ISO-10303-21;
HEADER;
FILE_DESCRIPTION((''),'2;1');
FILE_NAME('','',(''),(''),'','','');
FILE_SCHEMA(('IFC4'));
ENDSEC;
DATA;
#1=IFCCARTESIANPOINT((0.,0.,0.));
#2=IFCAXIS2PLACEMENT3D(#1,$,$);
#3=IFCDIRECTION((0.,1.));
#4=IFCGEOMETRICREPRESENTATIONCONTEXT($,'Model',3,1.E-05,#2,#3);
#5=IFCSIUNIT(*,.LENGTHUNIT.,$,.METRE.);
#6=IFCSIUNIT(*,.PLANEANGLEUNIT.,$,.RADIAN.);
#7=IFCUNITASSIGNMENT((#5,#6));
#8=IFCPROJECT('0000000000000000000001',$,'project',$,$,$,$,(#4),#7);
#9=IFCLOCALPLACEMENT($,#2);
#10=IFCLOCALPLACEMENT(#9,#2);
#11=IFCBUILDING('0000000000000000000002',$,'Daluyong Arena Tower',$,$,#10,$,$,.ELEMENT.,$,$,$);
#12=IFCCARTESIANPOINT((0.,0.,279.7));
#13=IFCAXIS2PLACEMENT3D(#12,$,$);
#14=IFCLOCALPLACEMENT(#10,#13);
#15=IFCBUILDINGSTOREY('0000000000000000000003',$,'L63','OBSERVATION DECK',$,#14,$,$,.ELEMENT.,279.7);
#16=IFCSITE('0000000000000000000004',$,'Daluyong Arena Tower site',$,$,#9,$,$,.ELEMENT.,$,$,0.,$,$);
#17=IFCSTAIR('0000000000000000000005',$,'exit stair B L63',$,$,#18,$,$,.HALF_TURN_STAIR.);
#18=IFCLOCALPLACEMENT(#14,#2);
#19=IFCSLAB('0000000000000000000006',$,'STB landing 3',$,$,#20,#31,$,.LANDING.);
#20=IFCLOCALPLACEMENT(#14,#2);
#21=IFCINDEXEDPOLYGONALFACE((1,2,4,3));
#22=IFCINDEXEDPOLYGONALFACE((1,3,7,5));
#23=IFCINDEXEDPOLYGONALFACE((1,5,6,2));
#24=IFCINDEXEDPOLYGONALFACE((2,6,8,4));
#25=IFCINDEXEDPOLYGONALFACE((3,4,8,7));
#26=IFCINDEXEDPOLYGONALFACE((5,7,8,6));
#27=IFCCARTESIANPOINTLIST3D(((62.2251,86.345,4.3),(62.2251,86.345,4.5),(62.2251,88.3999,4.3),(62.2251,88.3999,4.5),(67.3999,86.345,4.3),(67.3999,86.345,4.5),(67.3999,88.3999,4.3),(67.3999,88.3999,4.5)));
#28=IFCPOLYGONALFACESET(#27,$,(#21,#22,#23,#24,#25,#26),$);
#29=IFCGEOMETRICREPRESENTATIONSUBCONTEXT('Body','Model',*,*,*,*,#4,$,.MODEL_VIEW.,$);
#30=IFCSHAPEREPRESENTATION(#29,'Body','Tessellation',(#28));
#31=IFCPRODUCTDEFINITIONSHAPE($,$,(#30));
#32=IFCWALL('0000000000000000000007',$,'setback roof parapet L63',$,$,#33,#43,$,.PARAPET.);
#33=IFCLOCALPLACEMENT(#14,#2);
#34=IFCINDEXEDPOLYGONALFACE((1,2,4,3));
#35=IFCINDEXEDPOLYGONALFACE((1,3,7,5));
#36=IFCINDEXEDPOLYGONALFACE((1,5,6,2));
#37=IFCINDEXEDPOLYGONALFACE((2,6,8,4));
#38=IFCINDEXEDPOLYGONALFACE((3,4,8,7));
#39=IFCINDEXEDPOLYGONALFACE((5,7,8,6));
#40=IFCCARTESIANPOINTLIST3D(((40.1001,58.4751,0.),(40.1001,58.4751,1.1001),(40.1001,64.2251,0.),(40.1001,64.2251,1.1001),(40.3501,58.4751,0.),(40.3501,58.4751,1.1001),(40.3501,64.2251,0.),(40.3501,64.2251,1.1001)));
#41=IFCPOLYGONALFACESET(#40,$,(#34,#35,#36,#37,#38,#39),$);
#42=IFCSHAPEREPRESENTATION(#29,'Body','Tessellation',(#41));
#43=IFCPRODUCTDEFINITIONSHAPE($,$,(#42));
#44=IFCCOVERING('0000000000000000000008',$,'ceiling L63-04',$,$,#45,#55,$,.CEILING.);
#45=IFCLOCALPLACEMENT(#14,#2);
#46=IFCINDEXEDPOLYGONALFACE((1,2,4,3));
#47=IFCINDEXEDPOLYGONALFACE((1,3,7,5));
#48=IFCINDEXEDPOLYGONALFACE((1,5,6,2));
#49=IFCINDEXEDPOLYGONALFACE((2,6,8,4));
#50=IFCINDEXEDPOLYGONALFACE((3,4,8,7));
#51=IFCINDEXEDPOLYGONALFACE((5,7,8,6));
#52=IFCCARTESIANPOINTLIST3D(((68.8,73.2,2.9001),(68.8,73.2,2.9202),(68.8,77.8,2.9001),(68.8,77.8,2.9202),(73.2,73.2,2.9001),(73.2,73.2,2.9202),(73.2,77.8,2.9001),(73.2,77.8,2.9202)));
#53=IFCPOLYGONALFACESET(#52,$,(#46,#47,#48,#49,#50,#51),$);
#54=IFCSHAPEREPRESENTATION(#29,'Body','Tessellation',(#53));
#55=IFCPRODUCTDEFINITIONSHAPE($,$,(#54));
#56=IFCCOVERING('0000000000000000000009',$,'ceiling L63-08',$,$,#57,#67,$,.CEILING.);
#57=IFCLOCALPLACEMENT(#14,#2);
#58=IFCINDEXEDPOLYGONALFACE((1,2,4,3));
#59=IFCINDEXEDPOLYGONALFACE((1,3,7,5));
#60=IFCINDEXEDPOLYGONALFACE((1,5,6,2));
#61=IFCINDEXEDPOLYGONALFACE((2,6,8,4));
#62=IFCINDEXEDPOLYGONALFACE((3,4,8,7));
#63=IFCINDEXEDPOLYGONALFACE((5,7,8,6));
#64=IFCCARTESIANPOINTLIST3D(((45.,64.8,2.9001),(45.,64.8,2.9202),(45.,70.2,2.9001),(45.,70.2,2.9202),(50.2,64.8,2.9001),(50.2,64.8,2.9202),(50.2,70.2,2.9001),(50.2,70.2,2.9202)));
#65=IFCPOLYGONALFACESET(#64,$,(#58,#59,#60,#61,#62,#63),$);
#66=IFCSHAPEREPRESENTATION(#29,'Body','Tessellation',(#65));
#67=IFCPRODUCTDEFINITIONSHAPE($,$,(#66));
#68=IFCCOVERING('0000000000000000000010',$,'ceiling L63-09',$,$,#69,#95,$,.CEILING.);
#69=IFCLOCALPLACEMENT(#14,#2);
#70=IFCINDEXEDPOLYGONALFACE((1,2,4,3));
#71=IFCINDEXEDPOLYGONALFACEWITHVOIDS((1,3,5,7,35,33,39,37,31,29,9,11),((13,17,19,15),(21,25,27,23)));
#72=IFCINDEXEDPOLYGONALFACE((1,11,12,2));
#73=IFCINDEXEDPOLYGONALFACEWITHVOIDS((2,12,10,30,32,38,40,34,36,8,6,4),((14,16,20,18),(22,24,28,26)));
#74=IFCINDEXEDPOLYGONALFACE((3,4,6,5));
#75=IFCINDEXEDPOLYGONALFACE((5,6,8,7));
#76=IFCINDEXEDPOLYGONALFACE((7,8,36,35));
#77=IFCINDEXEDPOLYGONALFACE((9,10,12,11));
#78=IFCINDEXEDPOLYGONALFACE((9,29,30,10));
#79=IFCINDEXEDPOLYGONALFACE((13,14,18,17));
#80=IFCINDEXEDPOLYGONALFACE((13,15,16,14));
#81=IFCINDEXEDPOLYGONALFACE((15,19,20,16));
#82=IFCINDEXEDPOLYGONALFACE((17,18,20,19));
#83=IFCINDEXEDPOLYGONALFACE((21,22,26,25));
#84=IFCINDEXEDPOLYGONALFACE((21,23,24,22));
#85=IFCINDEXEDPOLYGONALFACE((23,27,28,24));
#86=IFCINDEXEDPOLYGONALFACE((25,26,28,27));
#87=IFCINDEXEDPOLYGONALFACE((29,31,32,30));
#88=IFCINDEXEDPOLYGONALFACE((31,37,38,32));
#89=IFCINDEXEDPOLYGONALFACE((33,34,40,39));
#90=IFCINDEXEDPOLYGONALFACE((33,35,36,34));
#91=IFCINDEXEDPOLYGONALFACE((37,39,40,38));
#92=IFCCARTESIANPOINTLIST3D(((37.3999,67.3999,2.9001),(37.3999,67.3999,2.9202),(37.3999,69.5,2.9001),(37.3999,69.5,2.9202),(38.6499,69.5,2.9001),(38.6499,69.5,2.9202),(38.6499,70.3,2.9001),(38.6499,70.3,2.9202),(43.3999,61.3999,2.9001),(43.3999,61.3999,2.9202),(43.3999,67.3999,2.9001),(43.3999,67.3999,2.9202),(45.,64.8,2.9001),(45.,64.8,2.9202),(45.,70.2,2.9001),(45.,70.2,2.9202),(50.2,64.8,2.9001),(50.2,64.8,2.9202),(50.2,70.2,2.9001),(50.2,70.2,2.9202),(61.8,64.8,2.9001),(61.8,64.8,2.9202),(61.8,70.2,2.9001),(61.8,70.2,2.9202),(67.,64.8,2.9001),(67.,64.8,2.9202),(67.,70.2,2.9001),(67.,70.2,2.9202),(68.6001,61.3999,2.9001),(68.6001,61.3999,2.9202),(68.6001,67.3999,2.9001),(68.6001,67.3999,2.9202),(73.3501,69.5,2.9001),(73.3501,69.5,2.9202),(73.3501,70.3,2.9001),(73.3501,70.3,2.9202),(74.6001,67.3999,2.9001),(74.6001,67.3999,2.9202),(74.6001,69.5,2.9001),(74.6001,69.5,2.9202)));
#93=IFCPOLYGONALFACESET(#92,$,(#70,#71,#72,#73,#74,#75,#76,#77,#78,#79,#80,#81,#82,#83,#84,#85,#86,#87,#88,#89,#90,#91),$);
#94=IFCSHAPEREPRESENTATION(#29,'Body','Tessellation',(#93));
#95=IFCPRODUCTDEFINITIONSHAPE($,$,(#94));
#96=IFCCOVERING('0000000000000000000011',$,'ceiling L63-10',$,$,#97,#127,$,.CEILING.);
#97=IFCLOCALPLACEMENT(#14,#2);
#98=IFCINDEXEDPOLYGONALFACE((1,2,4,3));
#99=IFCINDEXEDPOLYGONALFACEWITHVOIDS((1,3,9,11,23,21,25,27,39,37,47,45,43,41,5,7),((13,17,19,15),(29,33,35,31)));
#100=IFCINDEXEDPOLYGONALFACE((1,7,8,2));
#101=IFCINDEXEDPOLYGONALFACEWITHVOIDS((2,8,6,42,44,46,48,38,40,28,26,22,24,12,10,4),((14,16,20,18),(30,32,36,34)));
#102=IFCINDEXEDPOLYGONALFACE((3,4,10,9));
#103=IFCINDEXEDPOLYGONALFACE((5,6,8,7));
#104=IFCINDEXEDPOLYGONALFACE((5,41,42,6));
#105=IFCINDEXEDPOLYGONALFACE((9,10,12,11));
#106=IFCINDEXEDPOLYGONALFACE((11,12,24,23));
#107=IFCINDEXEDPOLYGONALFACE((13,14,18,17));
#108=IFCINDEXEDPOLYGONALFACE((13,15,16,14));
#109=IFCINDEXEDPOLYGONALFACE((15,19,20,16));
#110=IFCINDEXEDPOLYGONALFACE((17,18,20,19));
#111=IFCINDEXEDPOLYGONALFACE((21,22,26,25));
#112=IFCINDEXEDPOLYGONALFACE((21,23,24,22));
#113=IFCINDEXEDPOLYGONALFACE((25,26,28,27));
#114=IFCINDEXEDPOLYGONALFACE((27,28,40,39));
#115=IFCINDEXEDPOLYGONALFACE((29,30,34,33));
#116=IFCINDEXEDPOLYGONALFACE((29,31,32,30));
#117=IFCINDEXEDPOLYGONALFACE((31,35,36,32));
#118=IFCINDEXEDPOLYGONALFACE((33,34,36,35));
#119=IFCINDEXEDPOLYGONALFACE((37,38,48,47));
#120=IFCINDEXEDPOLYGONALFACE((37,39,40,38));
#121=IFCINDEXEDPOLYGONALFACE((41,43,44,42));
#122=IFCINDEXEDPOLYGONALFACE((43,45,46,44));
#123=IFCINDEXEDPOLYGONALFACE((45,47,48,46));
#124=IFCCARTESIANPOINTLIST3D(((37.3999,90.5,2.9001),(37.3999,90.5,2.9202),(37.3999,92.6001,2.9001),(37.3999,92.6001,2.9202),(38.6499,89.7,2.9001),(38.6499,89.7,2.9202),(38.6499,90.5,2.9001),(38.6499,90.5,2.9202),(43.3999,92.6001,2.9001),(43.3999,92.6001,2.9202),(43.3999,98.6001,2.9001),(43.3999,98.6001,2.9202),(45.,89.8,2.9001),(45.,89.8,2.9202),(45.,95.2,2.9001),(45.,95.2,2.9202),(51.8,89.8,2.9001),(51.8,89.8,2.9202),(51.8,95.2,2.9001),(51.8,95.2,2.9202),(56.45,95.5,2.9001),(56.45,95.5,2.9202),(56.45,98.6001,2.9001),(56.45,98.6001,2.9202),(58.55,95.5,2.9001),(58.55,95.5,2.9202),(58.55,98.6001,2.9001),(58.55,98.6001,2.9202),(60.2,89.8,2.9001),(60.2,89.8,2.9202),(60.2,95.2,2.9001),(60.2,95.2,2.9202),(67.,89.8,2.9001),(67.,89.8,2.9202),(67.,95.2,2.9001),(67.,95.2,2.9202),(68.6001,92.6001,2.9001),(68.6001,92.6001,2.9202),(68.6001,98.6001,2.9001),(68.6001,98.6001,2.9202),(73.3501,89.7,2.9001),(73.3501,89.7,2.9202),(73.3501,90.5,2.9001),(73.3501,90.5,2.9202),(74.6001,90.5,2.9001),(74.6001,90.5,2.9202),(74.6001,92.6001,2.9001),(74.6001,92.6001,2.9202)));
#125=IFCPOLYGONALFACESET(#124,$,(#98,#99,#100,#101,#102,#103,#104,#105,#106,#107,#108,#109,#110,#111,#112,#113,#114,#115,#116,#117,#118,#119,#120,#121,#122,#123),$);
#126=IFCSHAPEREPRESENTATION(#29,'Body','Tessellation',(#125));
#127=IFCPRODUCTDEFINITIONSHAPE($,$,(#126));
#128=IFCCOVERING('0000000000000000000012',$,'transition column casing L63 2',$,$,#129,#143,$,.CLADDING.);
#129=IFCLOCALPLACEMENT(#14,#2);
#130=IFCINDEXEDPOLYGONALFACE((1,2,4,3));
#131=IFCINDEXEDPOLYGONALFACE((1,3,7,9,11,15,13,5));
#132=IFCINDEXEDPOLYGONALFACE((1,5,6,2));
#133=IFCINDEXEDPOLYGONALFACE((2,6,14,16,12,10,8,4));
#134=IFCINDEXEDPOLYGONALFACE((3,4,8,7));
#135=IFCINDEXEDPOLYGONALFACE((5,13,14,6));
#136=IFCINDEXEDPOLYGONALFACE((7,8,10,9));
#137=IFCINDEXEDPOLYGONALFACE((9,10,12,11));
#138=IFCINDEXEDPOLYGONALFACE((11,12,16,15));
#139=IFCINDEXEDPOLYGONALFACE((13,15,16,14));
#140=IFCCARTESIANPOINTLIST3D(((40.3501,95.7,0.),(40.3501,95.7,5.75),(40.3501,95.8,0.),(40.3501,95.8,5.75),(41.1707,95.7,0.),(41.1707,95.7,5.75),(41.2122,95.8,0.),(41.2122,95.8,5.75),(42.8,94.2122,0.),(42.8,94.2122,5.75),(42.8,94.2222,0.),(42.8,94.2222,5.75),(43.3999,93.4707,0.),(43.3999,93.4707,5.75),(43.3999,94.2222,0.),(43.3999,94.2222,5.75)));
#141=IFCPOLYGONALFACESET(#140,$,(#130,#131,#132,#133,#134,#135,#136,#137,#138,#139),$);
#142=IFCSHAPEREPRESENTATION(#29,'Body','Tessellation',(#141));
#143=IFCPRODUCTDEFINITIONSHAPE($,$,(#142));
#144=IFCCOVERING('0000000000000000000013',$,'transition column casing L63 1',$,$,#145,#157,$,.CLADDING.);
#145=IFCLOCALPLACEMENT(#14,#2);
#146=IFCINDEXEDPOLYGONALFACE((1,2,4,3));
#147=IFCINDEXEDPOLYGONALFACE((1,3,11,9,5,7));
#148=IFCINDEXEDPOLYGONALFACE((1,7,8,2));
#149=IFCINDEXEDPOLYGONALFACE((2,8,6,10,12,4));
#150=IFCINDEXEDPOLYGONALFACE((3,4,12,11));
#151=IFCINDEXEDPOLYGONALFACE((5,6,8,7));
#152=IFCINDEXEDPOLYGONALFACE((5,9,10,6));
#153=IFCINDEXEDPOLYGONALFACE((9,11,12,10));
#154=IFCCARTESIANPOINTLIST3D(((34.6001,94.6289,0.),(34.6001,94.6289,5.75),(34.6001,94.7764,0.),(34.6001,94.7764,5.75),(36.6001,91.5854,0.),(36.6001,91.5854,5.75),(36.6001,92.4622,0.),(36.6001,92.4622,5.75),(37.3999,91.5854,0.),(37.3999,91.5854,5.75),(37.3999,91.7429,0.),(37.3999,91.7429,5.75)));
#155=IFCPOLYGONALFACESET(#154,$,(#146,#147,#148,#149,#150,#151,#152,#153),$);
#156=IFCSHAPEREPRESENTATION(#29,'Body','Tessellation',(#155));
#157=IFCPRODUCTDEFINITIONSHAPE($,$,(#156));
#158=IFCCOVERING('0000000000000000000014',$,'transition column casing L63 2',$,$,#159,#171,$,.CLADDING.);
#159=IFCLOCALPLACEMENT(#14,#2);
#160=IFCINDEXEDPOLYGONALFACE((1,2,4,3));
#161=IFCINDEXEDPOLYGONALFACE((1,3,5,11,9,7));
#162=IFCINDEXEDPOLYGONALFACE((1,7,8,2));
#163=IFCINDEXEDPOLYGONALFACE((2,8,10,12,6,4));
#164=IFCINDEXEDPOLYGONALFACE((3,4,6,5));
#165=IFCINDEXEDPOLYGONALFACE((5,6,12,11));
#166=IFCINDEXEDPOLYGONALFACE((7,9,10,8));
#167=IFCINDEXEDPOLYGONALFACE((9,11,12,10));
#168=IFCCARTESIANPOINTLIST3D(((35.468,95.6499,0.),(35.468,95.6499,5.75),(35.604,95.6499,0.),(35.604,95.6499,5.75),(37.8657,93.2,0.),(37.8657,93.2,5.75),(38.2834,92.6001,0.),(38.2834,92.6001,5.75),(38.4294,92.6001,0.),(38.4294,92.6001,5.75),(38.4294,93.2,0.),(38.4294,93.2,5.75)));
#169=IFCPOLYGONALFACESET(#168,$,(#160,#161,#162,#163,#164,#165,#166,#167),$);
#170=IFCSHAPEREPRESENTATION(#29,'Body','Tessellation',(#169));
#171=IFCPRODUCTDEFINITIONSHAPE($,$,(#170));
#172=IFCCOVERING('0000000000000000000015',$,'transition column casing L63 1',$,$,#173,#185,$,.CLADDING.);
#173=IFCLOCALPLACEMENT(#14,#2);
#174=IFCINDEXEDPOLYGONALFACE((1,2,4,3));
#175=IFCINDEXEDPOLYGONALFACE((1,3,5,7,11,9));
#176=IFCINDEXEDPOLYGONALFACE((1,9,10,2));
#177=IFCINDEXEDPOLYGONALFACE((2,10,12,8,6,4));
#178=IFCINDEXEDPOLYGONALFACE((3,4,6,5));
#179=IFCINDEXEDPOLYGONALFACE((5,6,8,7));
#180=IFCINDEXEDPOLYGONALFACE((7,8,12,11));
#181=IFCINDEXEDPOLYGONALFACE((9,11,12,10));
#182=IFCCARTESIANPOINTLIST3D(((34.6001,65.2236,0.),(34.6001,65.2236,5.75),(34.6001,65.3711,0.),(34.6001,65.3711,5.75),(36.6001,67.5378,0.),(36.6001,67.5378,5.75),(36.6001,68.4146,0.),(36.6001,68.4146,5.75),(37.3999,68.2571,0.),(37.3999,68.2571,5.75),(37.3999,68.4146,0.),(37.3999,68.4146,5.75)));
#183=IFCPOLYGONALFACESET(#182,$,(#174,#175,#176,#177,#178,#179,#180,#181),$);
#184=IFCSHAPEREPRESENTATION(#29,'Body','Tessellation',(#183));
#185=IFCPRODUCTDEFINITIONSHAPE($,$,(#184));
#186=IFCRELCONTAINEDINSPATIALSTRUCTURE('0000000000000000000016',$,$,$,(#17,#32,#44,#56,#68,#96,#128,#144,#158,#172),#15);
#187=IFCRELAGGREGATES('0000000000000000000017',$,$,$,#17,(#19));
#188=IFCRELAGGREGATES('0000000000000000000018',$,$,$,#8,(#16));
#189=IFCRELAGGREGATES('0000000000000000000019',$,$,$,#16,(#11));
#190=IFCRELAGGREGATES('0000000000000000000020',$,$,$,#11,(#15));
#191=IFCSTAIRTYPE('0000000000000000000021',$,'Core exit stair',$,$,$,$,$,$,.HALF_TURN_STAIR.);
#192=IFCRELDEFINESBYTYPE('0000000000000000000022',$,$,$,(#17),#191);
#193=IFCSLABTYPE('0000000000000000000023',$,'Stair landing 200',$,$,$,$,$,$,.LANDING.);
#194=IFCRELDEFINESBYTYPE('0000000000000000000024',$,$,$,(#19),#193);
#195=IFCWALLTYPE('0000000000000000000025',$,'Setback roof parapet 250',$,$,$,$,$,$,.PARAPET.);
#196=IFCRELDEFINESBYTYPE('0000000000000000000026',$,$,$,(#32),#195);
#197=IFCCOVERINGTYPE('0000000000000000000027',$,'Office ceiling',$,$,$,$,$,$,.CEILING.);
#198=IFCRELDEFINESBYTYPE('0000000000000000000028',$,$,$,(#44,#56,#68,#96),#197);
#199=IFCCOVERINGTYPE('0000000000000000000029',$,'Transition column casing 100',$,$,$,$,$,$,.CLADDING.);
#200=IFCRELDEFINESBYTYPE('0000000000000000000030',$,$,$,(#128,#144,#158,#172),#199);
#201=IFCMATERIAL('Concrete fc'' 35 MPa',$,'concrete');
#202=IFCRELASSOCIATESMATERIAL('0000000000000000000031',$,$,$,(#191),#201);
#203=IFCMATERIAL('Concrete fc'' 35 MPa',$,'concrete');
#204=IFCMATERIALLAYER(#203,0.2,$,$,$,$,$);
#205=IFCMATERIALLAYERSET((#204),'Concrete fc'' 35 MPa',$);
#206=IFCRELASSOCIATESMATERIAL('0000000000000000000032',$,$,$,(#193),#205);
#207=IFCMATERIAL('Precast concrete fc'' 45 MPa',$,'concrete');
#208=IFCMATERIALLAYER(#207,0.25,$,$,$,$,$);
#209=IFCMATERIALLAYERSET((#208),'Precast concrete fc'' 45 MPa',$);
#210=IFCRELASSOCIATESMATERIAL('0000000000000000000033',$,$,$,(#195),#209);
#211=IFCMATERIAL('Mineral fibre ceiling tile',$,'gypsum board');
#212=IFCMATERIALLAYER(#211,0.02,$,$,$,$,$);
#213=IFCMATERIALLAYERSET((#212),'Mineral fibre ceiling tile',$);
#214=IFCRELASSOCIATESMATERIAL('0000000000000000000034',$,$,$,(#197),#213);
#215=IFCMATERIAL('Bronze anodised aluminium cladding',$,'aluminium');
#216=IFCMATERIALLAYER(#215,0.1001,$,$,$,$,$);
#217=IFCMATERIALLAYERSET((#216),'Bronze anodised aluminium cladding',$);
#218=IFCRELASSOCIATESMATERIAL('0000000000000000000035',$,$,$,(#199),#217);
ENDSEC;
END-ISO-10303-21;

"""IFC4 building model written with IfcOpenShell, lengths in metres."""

from ifc_helpers import new_model, si_unit, direction, frame, frame_2d, origin, place, context, subcontext, project, spatial, polyline, rectangle, outline, extrude, material, layer, layer_set, type_object, element, aggregate, save


model = new_model("IFC4")

# Units and contexts
model_context = context("Model", 3, precision=1e-05, world=origin(), true_north=direction((0.0, 1.0)))
body_context = subcontext(model_context, "Body", "Model", "MODEL_VIEW")
ifc_project = project(units=[si_unit("LENGTHUNIT", "METRE"), si_unit("PLANEANGLEUNIT", "RADIAN")], contexts=[model_context])

# Site, building, storey
site_placement = place(None, origin())
site = spatial("IfcSite", under=ifc_project, at=site_placement, Name="Daluyong Arena Tower site", CompositionType="ELEMENT", RefElevation=0.0)
building_placement = place(site_placement, origin())
building = spatial("IfcBuilding", under=site, at=building_placement, Name="Daluyong Arena Tower", CompositionType="ELEMENT")
storey_placement = place(building_placement, frame((0.0, 0.0, 279.7)))
storey = spatial("IfcBuildingStorey", under=building, at=storey_placement, Name="L63", Description="OBSERVATION DECK", CompositionType="ELEMENT", Elevation=279.7)

# Stair, slab
ifc_material_1 = material(Name="Concrete fc' 35 MPa", Category="concrete")
stair_type = type_object("IfcStairType", Name="Core exit stair", PredefinedType="HALF_TURN_STAIR", material=ifc_material_1)
ifc_material_2 = material(Name="Concrete fc' 35 MPa", Category="concrete")
ifc_layer_1 = layer(ifc_material_2, 0.2)
ifc_layer_set_1 = layer_set([ifc_layer_1], Name="Concrete fc' 35 MPa")
slab_type = type_object("IfcSlabType", Name="Stair landing 200", PredefinedType="LANDING", material=ifc_layer_set_1)
stair_1_placement = place(storey_placement, origin())
stair_1 = element("IfcStair", 1, at=stair_1_placement, inside=storey, type_object=stair_type, Name="exit stair B L63", PredefinedType="HALF_TURN_STAIR")
slab_1_placement = place(storey_placement, frame((0.0, 0.0, 4.3)))
slab_1 = element("IfcSlab", 2, at=slab_1_placement, type_object=slab_type, Name="STB landing 3", PredefinedType="LANDING", context=body_context, shape_type="SweptSolid", body=[
    extrude(outline(polyline([(62.2251, 86.345), (67.3999, 86.345), (67.3999, 88.3999), (62.2251, 88.3999), (62.2251, 86.345)])), origin(), (0.0, 0.0, 1.0), 0.2),
])
aggregate(stair_1, [slab_1])

# Wall
ifc_material_3 = material(Name="Precast concrete fc' 45 MPa", Category="concrete")
ifc_layer_2 = layer(ifc_material_3, 0.25)
ifc_layer_set_2 = layer_set([ifc_layer_2], Name="Precast concrete fc' 45 MPa")
wall_type = type_object("IfcWallType", Name="Setback roof parapet 250", PredefinedType="PARAPET", material=ifc_layer_set_2)
wall_placement = place(storey_placement, frame((40.2251, 58.4751, 0.0), z_axis=(0.0, 0.0, 1.0), x_axis=(0.0, 1.0, 0.0)))
element("IfcWall", 3, at=wall_placement, inside=storey, type_object=wall_type, Name="setback roof parapet L63", PredefinedType="PARAPET", context=body_context, shape_type="SweptSolid", body=[
    extrude(rectangle(XDim=5.75, YDim=0.25, at=frame_2d((2.875, 0.0))), origin(), (0.0, 0.0, 1.0), 1.1001),
])

# Coverings
ifc_material_4 = material(Name="Mineral fibre ceiling tile", Category="gypsum board")
ifc_layer_3 = layer(ifc_material_4, 0.02)
ifc_layer_set_3 = layer_set([ifc_layer_3], Name="Mineral fibre ceiling tile")
covering_type_1 = type_object("IfcCoveringType", Name="Office ceiling", PredefinedType="CEILING", material=ifc_layer_set_3)
covering_1_placement = place(storey_placement, frame((0.0, 0.0, 2.9001)))
element("IfcCovering", 4, at=covering_1_placement, inside=storey, type_object=covering_type_1, Name="ceiling L63-04", PredefinedType="CEILING", context=body_context, shape_type="SweptSolid", body=[
    extrude(outline(polyline([(73.2, 73.2), (73.2, 77.8), (68.8, 77.8), (68.8, 73.2), (73.2, 73.2)])), origin(), (0.0, 0.0, 1.0), 0.02),
])
covering_2_placement = place(storey_placement, frame((0.0, 0.0, 2.9001)))
element("IfcCovering", 5, at=covering_2_placement, inside=storey, type_object=covering_type_1, Name="ceiling L63-08", PredefinedType="CEILING", context=body_context, shape_type="SweptSolid", body=[
    extrude(outline(polyline([(50.2, 64.8), (50.2, 70.2), (45.0, 70.2), (45.0, 64.8), (50.2, 64.8)])), origin(), (0.0, 0.0, 1.0), 0.02),
])
covering_3_placement = place(storey_placement, frame((0.0, 0.0, 2.9001)))
element("IfcCovering", 6, at=covering_3_placement, inside=storey, type_object=covering_type_1, Name="ceiling L63-09", PredefinedType="CEILING", context=body_context, shape_type="SweptSolid", body=[
    extrude(outline(polyline([(68.6001, 61.3999), (68.6001, 67.3999), (74.6001, 67.3999), (74.6001, 69.5), (73.3501, 69.5), (73.3501, 70.3), (38.6499, 70.3), (38.6499, 69.5), (37.3999, 69.5), (37.3999, 67.3999), (43.3999, 67.3999), (43.3999, 61.3999), (68.6001, 61.3999)]), holes=[polyline([(50.2, 70.2), (50.2, 64.8), (45.0, 64.8), (45.0, 70.2), (50.2, 70.2)]), polyline([(67.0, 64.8), (61.8, 64.8), (61.8, 70.2), (67.0, 70.2), (67.0, 64.8)])]), origin(), (0.0, 0.0, 1.0), 0.02),
])
covering_4_placement = place(storey_placement, frame((0.0, 0.0, 2.9001)))
element("IfcCovering", 7, at=covering_4_placement, inside=storey, type_object=covering_type_1, Name="ceiling L63-10", PredefinedType="CEILING", context=body_context, shape_type="SweptSolid", body=[
    extrude(outline(polyline([(37.3999, 90.5), (38.6499, 90.5), (38.6499, 89.7), (73.3501, 89.7), (73.3501, 90.5), (74.6001, 90.5), (74.6001, 92.6001), (68.6001, 92.6001), (68.6001, 98.6001), (58.55, 98.6001), (58.55, 95.5), (56.45, 95.5), (56.45, 98.6001), (43.3999, 98.6001), (43.3999, 92.6001), (37.3999, 92.6001), (37.3999, 90.5)]), holes=[polyline([(51.8, 89.8), (45.0, 89.8), (45.0, 95.2), (51.8, 95.2), (51.8, 89.8)]), polyline([(60.2, 89.8), (60.2, 95.2), (67.0, 95.2), (67.0, 89.8), (60.2, 89.8)])]), origin(), (0.0, 0.0, 1.0), 0.02),
])
ifc_material_5 = material(Name="Bronze anodised aluminium cladding", Category="aluminium")
ifc_layer_4 = layer(ifc_material_5, 0.1001)
ifc_layer_set_4 = layer_set([ifc_layer_4], Name="Bronze anodised aluminium cladding")
covering_type_2 = type_object("IfcCoveringType", Name="Transition column casing 100", PredefinedType="CLADDING", material=ifc_layer_set_4)
covering_5_placement = place(storey_placement, origin())
element("IfcCovering", 8, at=covering_5_placement, inside=storey, type_object=covering_type_2, Name="transition column casing L63 2", PredefinedType="CLADDING", context=body_context, shape_type="SweptSolid", body=[
    extrude(outline(polyline([(41.2122, 95.8), (42.8, 94.2122), (42.8, 94.2222), (43.3999, 94.2222), (43.3999, 93.4707), (41.1707, 95.7), (40.3501, 95.7), (40.3501, 95.8), (41.2122, 95.8)])), origin(), (0.0, 0.0, 1.0), 5.75),
])
covering_6_placement = place(storey_placement, origin())
element("IfcCovering", 9, at=covering_6_placement, inside=storey, type_object=covering_type_2, Name="transition column casing L63 1", PredefinedType="CLADDING", context=body_context, shape_type="SweptSolid", body=[
    extrude(outline(polyline([(37.3999, 91.7429), (37.3999, 91.5854), (36.6001, 91.5854), (36.6001, 92.4622), (34.6001, 94.6289), (34.6001, 94.7764), (37.3999, 91.7429)])), origin(), (0.0, 0.0, 1.0), 5.75),
])
covering_7_placement = place(storey_placement, origin())
element("IfcCovering", 10, at=covering_7_placement, inside=storey, type_object=covering_type_2, Name="transition column casing L63 2", PredefinedType="CLADDING", context=body_context, shape_type="SweptSolid", body=[
    extrude(outline(polyline([(37.8657, 93.2), (38.4294, 93.2), (38.4294, 92.6001), (38.2834, 92.6001), (35.468, 95.6499), (35.604, 95.6499), (37.8657, 93.2)])), origin(), (0.0, 0.0, 1.0), 5.75),
])
covering_8_placement = place(storey_placement, origin())
element("IfcCovering", 11, at=covering_8_placement, inside=storey, type_object=covering_type_2, Name="transition column casing L63 1", PredefinedType="CLADDING", context=body_context, shape_type="SweptSolid", body=[
    extrude(outline(polyline([(36.6001, 68.4146), (37.3999, 68.4146), (37.3999, 68.2571), (34.6001, 65.2236), (34.6001, 65.3711), (36.6001, 67.5378), (36.6001, 68.4146)])), origin(), (0.0, 0.0, 1.0), 5.75),
])

save(model, "model.ifc")
